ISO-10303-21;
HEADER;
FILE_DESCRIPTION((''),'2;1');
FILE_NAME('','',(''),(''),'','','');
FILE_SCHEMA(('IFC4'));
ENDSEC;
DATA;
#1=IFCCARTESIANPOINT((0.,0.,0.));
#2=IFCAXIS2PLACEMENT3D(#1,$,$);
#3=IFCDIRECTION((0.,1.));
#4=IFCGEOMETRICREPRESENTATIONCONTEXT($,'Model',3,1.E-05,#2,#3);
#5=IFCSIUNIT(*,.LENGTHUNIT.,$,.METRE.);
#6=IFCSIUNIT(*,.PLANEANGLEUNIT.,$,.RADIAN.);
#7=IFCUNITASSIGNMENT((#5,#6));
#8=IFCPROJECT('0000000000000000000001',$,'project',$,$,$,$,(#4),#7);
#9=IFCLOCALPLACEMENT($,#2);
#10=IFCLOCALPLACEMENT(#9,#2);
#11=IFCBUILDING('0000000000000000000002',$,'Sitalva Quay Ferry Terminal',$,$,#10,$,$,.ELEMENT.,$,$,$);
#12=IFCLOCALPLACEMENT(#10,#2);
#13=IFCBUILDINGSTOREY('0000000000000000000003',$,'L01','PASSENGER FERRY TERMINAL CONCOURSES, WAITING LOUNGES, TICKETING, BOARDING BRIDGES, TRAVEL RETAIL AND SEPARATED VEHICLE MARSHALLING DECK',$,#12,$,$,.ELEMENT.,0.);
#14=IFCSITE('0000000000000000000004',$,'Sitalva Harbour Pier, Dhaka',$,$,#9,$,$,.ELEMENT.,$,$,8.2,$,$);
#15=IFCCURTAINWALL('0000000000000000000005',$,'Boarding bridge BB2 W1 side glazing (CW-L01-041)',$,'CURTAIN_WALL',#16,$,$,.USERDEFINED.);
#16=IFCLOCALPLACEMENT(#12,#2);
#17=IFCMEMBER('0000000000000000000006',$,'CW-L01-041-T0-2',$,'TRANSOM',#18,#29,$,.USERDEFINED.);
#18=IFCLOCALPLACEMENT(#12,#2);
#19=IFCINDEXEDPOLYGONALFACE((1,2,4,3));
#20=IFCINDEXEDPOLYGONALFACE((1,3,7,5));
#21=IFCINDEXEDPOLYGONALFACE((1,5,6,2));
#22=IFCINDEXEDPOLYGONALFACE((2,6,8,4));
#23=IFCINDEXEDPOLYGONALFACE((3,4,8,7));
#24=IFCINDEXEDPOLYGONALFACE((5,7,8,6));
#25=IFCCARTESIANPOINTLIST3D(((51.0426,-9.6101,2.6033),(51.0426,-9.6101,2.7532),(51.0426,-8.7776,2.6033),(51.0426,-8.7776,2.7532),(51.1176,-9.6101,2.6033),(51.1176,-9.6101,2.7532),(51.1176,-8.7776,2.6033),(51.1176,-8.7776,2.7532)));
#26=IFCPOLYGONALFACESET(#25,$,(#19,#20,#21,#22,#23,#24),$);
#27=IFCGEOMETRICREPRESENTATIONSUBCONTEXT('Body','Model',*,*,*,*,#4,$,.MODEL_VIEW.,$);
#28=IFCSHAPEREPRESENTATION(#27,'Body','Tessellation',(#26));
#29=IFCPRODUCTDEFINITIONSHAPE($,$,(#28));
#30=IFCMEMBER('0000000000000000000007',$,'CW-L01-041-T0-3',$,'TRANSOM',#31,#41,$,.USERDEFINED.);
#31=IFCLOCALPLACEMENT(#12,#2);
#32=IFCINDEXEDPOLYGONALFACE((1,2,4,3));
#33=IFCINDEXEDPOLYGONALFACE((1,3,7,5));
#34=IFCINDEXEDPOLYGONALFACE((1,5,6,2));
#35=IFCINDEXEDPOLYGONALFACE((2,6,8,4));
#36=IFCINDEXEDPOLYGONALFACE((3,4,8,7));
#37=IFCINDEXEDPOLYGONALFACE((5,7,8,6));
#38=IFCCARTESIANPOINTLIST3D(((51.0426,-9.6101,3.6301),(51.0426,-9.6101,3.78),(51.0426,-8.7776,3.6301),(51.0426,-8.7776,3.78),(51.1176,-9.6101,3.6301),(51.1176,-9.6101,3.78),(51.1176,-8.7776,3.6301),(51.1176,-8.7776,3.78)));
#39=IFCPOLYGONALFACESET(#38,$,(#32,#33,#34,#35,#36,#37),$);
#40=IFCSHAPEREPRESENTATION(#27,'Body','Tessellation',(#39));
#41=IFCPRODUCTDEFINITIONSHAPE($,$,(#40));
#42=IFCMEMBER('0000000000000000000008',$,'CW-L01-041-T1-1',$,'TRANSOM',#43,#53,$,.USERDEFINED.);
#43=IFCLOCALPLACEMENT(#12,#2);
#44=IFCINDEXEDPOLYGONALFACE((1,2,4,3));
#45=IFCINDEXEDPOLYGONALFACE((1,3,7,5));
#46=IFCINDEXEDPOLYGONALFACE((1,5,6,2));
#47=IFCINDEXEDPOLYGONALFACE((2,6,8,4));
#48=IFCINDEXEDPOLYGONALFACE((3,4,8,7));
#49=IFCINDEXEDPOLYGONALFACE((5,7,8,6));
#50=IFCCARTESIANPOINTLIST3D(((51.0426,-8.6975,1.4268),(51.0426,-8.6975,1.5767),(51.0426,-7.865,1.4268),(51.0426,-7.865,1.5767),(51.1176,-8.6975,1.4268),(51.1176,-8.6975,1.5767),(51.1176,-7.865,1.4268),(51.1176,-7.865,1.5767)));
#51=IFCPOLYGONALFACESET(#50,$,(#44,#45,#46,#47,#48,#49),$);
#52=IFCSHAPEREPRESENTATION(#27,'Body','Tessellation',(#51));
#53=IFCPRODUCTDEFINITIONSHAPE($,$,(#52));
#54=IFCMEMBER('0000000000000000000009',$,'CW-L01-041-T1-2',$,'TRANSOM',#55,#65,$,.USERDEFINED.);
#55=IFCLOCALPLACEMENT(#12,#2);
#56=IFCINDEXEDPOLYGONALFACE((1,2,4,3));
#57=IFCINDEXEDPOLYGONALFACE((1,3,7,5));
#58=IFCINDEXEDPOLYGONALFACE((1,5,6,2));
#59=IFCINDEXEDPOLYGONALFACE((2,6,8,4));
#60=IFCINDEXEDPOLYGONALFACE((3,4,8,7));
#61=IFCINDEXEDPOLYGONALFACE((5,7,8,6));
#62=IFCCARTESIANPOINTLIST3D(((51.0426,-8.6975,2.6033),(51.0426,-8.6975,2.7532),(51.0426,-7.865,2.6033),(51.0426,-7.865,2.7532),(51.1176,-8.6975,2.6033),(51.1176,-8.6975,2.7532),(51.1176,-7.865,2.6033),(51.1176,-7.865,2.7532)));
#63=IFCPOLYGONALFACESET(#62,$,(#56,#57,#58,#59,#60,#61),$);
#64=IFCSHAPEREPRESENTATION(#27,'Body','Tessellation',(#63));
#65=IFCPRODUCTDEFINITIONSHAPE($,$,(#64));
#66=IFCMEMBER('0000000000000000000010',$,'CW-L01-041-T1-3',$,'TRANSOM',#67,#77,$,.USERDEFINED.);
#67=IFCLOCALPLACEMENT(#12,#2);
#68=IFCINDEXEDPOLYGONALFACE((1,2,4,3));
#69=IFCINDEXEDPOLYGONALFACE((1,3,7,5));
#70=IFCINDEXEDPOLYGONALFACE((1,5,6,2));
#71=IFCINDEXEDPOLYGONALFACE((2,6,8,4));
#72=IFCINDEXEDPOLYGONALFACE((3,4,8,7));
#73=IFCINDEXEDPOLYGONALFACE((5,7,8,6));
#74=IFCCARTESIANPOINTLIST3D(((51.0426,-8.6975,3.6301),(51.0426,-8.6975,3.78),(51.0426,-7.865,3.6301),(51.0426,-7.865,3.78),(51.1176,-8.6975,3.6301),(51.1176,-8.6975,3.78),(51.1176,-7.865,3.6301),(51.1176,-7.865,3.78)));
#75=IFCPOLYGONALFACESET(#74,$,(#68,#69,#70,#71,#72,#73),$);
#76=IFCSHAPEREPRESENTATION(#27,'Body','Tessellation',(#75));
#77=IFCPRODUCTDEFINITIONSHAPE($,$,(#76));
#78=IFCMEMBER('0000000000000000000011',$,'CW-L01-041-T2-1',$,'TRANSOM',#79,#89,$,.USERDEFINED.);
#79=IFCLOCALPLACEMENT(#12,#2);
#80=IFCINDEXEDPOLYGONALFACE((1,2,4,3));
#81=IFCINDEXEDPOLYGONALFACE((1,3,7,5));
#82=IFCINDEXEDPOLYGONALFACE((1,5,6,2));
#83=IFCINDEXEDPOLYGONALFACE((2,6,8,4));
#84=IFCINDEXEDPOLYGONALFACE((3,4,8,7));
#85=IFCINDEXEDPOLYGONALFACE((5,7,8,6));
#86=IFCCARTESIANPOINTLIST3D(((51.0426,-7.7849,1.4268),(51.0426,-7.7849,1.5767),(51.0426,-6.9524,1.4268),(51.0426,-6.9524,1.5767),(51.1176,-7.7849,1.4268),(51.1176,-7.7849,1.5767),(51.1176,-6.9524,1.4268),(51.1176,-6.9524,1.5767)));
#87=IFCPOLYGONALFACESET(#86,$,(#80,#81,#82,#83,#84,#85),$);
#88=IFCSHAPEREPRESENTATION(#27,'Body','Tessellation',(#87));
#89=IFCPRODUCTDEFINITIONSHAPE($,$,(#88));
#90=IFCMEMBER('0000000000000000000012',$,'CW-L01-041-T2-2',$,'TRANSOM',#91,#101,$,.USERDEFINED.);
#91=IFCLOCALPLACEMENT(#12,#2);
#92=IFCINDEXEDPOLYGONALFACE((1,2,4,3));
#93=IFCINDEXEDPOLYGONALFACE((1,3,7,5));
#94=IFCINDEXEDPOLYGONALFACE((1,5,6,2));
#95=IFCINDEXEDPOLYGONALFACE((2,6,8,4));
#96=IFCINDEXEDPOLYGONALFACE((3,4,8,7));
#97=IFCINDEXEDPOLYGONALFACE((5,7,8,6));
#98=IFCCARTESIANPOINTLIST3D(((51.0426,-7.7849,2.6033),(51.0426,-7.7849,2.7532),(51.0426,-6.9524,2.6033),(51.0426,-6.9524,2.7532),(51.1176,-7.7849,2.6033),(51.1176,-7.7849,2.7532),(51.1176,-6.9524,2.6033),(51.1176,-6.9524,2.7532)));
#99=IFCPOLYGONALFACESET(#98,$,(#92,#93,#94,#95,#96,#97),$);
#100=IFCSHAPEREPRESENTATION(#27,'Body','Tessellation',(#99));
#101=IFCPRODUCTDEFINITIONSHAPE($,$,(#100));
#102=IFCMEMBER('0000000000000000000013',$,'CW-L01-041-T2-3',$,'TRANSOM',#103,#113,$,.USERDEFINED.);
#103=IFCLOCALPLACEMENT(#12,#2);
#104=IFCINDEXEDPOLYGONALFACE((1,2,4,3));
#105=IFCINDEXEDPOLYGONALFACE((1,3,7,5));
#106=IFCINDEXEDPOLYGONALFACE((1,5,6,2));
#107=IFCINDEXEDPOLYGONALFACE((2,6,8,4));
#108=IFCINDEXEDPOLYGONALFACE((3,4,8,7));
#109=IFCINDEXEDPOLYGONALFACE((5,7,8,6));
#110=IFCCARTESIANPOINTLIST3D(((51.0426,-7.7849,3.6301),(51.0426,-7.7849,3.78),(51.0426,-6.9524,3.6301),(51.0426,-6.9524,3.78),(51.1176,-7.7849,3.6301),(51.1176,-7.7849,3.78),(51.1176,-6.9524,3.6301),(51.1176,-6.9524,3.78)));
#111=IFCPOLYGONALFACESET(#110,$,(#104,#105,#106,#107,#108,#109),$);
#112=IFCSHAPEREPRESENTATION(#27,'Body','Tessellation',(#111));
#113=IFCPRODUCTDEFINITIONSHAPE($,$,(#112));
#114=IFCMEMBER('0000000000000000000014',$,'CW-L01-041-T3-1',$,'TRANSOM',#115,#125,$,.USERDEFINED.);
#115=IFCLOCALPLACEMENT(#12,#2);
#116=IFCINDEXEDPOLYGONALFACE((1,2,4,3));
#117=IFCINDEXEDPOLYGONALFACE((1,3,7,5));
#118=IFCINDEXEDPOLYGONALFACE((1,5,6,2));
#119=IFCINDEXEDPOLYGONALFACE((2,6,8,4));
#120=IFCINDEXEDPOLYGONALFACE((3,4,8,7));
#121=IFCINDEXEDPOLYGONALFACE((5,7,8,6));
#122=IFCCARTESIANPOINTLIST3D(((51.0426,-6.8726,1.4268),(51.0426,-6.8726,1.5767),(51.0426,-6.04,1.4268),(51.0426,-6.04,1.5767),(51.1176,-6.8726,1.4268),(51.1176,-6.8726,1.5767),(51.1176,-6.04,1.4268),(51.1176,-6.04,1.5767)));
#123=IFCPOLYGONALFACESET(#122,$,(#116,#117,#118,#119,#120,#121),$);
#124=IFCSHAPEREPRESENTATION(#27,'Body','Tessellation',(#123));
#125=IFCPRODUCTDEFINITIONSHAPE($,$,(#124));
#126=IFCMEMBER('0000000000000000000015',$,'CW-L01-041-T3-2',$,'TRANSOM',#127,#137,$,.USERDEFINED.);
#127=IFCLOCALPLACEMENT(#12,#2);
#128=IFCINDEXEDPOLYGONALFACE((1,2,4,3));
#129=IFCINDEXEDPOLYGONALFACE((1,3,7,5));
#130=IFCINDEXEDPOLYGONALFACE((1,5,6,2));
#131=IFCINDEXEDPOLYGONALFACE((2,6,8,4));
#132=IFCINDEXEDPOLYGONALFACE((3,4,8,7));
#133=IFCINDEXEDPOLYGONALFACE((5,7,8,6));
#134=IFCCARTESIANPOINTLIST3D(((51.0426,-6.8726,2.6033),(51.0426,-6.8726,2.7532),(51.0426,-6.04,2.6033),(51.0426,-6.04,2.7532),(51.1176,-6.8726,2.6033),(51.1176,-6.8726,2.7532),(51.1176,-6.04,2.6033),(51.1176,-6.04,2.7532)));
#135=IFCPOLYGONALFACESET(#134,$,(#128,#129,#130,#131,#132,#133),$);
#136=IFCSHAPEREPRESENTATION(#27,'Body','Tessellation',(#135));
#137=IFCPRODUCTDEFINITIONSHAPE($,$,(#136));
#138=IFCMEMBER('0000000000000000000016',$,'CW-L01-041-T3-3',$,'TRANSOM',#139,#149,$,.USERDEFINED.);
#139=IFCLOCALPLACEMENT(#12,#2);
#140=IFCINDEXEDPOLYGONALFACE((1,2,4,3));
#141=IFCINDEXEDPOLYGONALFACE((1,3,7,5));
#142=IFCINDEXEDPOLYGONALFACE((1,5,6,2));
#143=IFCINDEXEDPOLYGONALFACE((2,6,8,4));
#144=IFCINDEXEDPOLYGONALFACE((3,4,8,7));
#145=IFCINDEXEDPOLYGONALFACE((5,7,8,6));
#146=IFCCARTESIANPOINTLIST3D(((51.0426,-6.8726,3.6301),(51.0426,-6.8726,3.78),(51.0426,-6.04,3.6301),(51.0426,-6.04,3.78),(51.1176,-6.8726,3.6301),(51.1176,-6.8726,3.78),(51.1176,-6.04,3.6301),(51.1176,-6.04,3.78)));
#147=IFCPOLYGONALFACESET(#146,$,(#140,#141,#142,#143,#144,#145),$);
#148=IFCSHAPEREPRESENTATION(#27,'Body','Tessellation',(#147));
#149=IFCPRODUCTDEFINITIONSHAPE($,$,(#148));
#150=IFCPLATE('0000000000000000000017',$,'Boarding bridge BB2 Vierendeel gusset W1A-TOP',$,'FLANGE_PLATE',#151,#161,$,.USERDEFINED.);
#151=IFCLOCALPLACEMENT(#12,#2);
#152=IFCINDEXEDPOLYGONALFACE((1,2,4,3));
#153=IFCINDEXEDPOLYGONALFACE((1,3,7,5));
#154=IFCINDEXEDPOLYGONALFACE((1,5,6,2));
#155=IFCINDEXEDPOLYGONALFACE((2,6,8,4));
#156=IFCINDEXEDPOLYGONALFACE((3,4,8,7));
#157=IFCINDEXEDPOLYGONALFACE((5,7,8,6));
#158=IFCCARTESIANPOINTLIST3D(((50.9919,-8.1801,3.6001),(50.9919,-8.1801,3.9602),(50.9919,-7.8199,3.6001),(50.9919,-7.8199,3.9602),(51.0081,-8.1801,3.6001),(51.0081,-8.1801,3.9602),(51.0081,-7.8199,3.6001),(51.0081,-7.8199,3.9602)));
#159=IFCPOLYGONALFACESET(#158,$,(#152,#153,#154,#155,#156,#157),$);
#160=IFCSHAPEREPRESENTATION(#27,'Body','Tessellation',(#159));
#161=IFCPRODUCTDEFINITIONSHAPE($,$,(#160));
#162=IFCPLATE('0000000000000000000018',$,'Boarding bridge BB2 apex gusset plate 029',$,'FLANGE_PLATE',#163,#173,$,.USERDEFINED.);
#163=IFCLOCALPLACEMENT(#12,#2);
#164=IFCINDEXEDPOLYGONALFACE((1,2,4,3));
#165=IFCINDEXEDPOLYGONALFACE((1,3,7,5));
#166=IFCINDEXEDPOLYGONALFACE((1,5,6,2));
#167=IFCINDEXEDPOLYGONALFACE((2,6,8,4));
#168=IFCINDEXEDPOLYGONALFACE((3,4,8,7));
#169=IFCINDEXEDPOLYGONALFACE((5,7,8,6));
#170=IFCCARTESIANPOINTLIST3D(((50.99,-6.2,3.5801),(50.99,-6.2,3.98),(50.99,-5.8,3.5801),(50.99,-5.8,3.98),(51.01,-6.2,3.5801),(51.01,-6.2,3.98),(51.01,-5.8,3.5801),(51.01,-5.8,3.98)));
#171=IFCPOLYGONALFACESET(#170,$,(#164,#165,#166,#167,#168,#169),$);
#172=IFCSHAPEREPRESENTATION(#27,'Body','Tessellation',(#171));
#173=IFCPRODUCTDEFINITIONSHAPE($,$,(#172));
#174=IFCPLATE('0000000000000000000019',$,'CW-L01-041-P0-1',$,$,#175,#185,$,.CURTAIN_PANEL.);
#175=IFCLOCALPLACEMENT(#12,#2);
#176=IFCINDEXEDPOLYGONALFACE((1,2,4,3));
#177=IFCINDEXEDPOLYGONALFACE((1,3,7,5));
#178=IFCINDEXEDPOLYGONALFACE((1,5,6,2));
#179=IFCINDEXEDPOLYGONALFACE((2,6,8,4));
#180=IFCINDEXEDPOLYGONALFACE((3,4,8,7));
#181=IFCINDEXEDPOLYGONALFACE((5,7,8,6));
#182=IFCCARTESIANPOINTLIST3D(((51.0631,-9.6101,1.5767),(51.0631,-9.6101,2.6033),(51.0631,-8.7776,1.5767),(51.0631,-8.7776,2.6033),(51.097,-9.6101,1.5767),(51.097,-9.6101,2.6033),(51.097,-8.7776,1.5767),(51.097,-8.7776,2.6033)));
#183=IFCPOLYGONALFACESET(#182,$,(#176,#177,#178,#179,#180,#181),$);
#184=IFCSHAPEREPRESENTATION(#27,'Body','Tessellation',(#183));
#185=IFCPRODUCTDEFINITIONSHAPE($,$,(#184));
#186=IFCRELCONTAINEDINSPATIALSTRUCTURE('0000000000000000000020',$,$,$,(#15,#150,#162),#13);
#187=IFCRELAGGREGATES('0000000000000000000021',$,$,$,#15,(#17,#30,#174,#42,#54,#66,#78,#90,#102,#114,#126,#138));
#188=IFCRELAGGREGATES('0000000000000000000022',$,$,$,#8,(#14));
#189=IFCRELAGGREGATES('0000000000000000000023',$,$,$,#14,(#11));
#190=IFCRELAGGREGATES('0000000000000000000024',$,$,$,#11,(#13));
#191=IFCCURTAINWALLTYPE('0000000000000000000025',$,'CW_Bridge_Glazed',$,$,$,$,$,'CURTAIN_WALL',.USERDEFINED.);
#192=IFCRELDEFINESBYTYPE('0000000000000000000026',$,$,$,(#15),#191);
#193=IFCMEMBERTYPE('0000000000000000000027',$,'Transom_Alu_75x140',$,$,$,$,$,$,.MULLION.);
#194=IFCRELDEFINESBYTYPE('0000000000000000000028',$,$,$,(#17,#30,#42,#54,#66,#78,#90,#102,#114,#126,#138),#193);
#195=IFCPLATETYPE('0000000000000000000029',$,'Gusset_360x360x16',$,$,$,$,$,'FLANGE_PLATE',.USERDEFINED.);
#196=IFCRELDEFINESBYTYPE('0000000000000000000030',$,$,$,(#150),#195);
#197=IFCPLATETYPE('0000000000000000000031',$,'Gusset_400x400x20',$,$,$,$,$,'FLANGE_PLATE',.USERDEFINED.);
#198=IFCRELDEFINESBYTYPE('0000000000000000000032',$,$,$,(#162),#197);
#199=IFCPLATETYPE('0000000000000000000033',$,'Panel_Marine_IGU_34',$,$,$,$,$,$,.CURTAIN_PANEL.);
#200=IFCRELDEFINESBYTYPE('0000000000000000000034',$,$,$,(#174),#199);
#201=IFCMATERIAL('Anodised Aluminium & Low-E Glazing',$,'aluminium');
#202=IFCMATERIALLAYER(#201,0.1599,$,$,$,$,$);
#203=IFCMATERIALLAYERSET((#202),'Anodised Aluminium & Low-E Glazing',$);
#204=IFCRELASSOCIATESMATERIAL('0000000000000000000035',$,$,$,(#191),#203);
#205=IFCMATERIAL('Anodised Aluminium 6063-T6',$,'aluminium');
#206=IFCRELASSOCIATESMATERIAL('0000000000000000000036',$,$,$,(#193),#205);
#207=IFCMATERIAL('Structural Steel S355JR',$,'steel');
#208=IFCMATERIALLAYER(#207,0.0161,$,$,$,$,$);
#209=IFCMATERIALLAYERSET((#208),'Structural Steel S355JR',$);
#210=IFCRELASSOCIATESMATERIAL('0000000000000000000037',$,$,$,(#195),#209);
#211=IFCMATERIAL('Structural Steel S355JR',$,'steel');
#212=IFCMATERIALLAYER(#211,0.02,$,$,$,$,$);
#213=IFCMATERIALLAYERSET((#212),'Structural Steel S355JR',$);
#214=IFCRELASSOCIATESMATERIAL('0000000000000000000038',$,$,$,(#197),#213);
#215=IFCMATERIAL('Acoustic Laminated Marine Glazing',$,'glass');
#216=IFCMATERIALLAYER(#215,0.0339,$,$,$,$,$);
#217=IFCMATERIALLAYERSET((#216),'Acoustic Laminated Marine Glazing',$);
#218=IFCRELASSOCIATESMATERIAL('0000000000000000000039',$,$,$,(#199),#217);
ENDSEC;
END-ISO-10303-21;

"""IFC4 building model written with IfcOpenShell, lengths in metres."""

from ifc_helpers import new_model, si_unit, direction, frame, origin, origin_2d, place, context, subcontext, project, spatial, rectangle, extrude, material, layer, layer_set, material_profile, profile_set, type_object, element, aggregate, save


model = new_model("IFC4")

# Units and contexts
model_context = context("Model", 3, precision=1e-05, world=origin(), true_north=direction((0.0, 1.0)))
body_context = subcontext(model_context, "Body", "Model", "MODEL_VIEW")
ifc_project = project(units=[si_unit("LENGTHUNIT", "METRE"), si_unit("PLANEANGLEUNIT", "RADIAN")], contexts=[model_context])

# Site, building, storey
site_placement = place(None, origin())
site = spatial("IfcSite", under=ifc_project, at=site_placement, Name="Sitalva Harbour Pier, Dhaka", CompositionType="ELEMENT", RefElevation=8.2)
building_placement = place(site_placement, origin())
building = spatial("IfcBuilding", under=site, at=building_placement, Name="Sitalva Quay Ferry Terminal", CompositionType="ELEMENT")
storey_placement = place(building_placement, origin())
storey = spatial("IfcBuildingStorey", under=building, at=storey_placement, Name="L01", Description="PASSENGER FERRY TERMINAL CONCOURSES, WAITING LOUNGES, TICKETING, BOARDING BRIDGES, TRAVEL RETAIL AND SEPARATED VEHICLE MARSHALLING DECK", CompositionType="ELEMENT", Elevation=0.0)

# Curtain wall, members
ifc_material_1 = material(Name="Anodised Aluminium & Low-E Glazing", Category="aluminium")
ifc_layer_1 = layer(ifc_material_1, 0.1599)
ifc_layer_set_1 = layer_set([ifc_layer_1], Name="Anodised Aluminium & Low-E Glazing")
curtain_wall_type = type_object("IfcCurtainWallType", Name="CW_Bridge_Glazed", ElementType="CURTAIN_WALL", PredefinedType="USERDEFINED", material=ifc_layer_set_1)
curtain_wall_placement = place(storey_placement, origin())
curtain_wall = element("IfcCurtainWall", 1, at=curtain_wall_placement, inside=storey, type_object=curtain_wall_type, Name="Boarding bridge BB2 W1 side glazing (CW-L01-041)", ObjectType="CURTAIN_WALL", PredefinedType="USERDEFINED")
ifc_material_2 = material(Name="Anodised Aluminium 6063-T6", Category="aluminium")
ifc_material_profile_1 = material_profile(ifc_material_2, rectangle(XDim=0.075, YDim=0.1499, at=origin_2d()), Name="ALU75x150")
ifc_profile_set_1 = profile_set([ifc_material_profile_1], Name="Anodised Aluminium 6063-T6")
member_type_1 = type_object("IfcMemberType", Name="Transom_Alu_75x140", PredefinedType="MULLION", material=ifc_profile_set_1)
member_1_placement = place(storey_placement, frame((51.0801, -9.6101, 2.6782), z_axis=(0.0, 1.0, 0.0), x_axis=(-1.0, 0.0, 0.0)))
member_1 = element("IfcMember", 2, at=member_1_placement, type_object=member_type_1, Name="CW-L01-041-T0-2", ObjectType="TRANSOM", PredefinedType="USERDEFINED", context=body_context, shape_type="SweptSolid", body=[
    extrude(rectangle(XDim=0.075, YDim=0.1499, at=origin_2d()), origin(), (0.0, 0.0, 1.0), 0.8325),
])
member_2_placement = place(storey_placement, frame((51.0801, -9.6101, 3.7051), z_axis=(0.0, 1.0, 0.0), x_axis=(-1.0, 0.0, 0.0)))
member_2 = element("IfcMember", 3, at=member_2_placement, type_object=member_type_1, Name="CW-L01-041-T0-3", ObjectType="TRANSOM", PredefinedType="USERDEFINED", context=body_context, shape_type="SweptSolid", body=[
    extrude(rectangle(XDim=0.075, YDim=0.1499, at=origin_2d()), origin(), (0.0, 0.0, 1.0), 0.8325),
])
member_3_placement = place(storey_placement, frame((51.0801, -8.6975, 1.5017), z_axis=(0.0, 1.0, 0.0), x_axis=(-1.0, 0.0, 0.0)))
member_3 = element("IfcMember", 4, at=member_3_placement, type_object=member_type_1, Name="CW-L01-041-T1-1", ObjectType="TRANSOM", PredefinedType="USERDEFINED", context=body_context, shape_type="SweptSolid", body=[
    extrude(rectangle(XDim=0.075, YDim=0.1499, at=origin_2d()), origin(), (0.0, 0.0, 1.0), 0.8325),
])
member_4_placement = place(storey_placement, frame((51.0801, -8.6975, 2.6782), z_axis=(0.0, 1.0, 0.0), x_axis=(-1.0, 0.0, 0.0)))
member_4 = element("IfcMember", 5, at=member_4_placement, type_object=member_type_1, Name="CW-L01-041-T1-2", ObjectType="TRANSOM", PredefinedType="USERDEFINED", context=body_context, shape_type="SweptSolid", body=[
    extrude(rectangle(XDim=0.075, YDim=0.1499, at=origin_2d()), origin(), (0.0, 0.0, 1.0), 0.8325),
])
member_5_placement = place(storey_placement, frame((51.0801, -8.6975, 3.7051), z_axis=(0.0, 1.0, 0.0), x_axis=(-1.0, 0.0, 0.0)))
member_5 = element("IfcMember", 6, at=member_5_placement, type_object=member_type_1, Name="CW-L01-041-T1-3", ObjectType="TRANSOM", PredefinedType="USERDEFINED", context=body_context, shape_type="SweptSolid", body=[
    extrude(rectangle(XDim=0.075, YDim=0.1499, at=origin_2d()), origin(), (0.0, 0.0, 1.0), 0.8325),
])
member_6_placement = place(storey_placement, frame((51.0801, -7.7849, 1.5017), z_axis=(0.0, 1.0, 0.0), x_axis=(-1.0, 0.0, 0.0)))
member_6 = element("IfcMember", 7, at=member_6_placement, type_object=member_type_1, Name="CW-L01-041-T2-1", ObjectType="TRANSOM", PredefinedType="USERDEFINED", context=body_context, shape_type="SweptSolid", body=[
    extrude(rectangle(XDim=0.075, YDim=0.1499, at=origin_2d()), origin(), (0.0, 0.0, 1.0), 0.8325),
])
member_7_placement = place(storey_placement, frame((51.0801, -7.7849, 2.6782), z_axis=(0.0, 1.0, 0.0), x_axis=(-1.0, 0.0, 0.0)))
member_7 = element("IfcMember", 8, at=member_7_placement, type_object=member_type_1, Name="CW-L01-041-T2-2", ObjectType="TRANSOM", PredefinedType="USERDEFINED", context=body_context, shape_type="SweptSolid", body=[
    extrude(rectangle(XDim=0.075, YDim=0.1499, at=origin_2d()), origin(), (0.0, 0.0, 1.0), 0.8325),
])
member_8_placement = place(storey_placement, frame((51.0801, -7.7849, 3.7051), z_axis=(0.0, 1.0, 0.0), x_axis=(-1.0, 0.0, 0.0)))
member_8 = element("IfcMember", 9, at=member_8_placement, type_object=member_type_1, Name="CW-L01-041-T2-3", ObjectType="TRANSOM", PredefinedType="USERDEFINED", context=body_context, shape_type="SweptSolid", body=[
    extrude(rectangle(XDim=0.075, YDim=0.1499, at=origin_2d()), origin(), (0.0, 0.0, 1.0), 0.8325),
])
member_9_placement = place(storey_placement, frame((51.0801, -6.8726, 1.5017), z_axis=(0.0, 1.0, 0.0), x_axis=(-1.0, 0.0, 0.0)))
member_9 = element("IfcMember", 10, at=member_9_placement, type_object=member_type_1, Name="CW-L01-041-T3-1", ObjectType="TRANSOM", PredefinedType="USERDEFINED", context=body_context, shape_type="SweptSolid", body=[
    extrude(rectangle(XDim=0.075, YDim=0.1499, at=origin_2d()), origin(), (0.0, 0.0, 1.0), 0.8325),
])
member_10_placement = place(storey_placement, frame((51.0801, -6.8726, 2.6782), z_axis=(0.0, 1.0, 0.0), x_axis=(-1.0, 0.0, 0.0)))
member_10 = element("IfcMember", 11, at=member_10_placement, type_object=member_type_1, Name="CW-L01-041-T3-2", ObjectType="TRANSOM", PredefinedType="USERDEFINED", context=body_context, shape_type="SweptSolid", body=[
    extrude(rectangle(XDim=0.075, YDim=0.1499, at=origin_2d()), origin(), (0.0, 0.0, 1.0), 0.8325),
])
member_11_placement = place(storey_placement, frame((51.0801, -6.8726, 3.7051), z_axis=(0.0, 1.0, 0.0), x_axis=(-1.0, 0.0, 0.0)))
member_11 = element("IfcMember", 12, at=member_11_placement, type_object=member_type_1, Name="CW-L01-041-T3-3", ObjectType="TRANSOM", PredefinedType="USERDEFINED", context=body_context, shape_type="SweptSolid", body=[
    extrude(rectangle(XDim=0.075, YDim=0.1499, at=origin_2d()), origin(), (0.0, 0.0, 1.0), 0.8325),
])

# Plates
ifc_material_3 = material(Name="Structural Steel S355JR", Category="steel")
ifc_layer_2 = layer(ifc_material_3, 0.0161)
ifc_layer_set_2 = layer_set([ifc_layer_2], Name="Structural Steel S355JR")
plate_type_1 = type_object("IfcPlateType", Name="Gusset_360x360x16", ElementType="FLANGE_PLATE", PredefinedType="USERDEFINED", material=ifc_layer_set_2)
plate_1_placement = place(storey_placement, frame((51.0, -8.0, 3.6001), z_axis=(0.0, 0.0, 1.0), x_axis=(1.0, 0.0, 0.0)))
element("IfcPlate", 13, at=plate_1_placement, inside=storey, type_object=plate_type_1, Name="Boarding bridge BB2 Vierendeel gusset W1A-TOP", ObjectType="FLANGE_PLATE", PredefinedType="USERDEFINED", context=body_context, shape_type="SweptSolid", body=[
    extrude(rectangle(XDim=0.0161, YDim=0.3601, at=origin_2d()), origin(), (0.0, 0.0, 1.0), 0.3601),
])
ifc_material_4 = material(Name="Structural Steel S355JR", Category="steel")
ifc_layer_3 = layer(ifc_material_4, 0.02)
ifc_layer_set_3 = layer_set([ifc_layer_3], Name="Structural Steel S355JR")
plate_type_2 = type_object("IfcPlateType", Name="Gusset_400x400x20", ElementType="FLANGE_PLATE", PredefinedType="USERDEFINED", material=ifc_layer_set_3)
plate_2_placement = place(storey_placement, frame((51.0, -6.0, 3.5801), z_axis=(0.0, 0.0, 1.0), x_axis=(1.0, 0.0, 0.0)))
element("IfcPlate", 14, at=plate_2_placement, inside=storey, type_object=plate_type_2, Name="Boarding bridge BB2 apex gusset plate 029", ObjectType="FLANGE_PLATE", PredefinedType="USERDEFINED", context=body_context, shape_type="SweptSolid", body=[
    extrude(rectangle(XDim=0.02, YDim=0.3999, at=origin_2d()), origin(), (0.0, 0.0, 1.0), 0.3999),
])

# Plate
ifc_material_5 = material(Name="Acoustic Laminated Marine Glazing", Category="glass")
ifc_layer_4 = layer(ifc_material_5, 0.0339)
ifc_layer_set_4 = layer_set([ifc_layer_4], Name="Acoustic Laminated Marine Glazing")
plate_type_3 = type_object("IfcPlateType", Name="Panel_Marine_IGU_34", PredefinedType="CURTAIN_PANEL", material=ifc_layer_set_4)
plate_3_placement = place(storey_placement, frame((51.0801, -9.1938, 1.5767), z_axis=(0.0, 0.0, 1.0), x_axis=(0.0, 1.0, 0.0)))
plate_3 = element("IfcPlate", 15, at=plate_3_placement, type_object=plate_type_3, Name="CW-L01-041-P0-1", PredefinedType="CURTAIN_PANEL", context=body_context, shape_type="SweptSolid", body=[
    extrude(rectangle(XDim=0.8325, YDim=0.0339, at=origin_2d()), origin(), (0.0, 0.0, 1.0), 1.0266),
])
aggregate(curtain_wall, [member_1, member_2, plate_3, member_3, member_4, member_5, member_6, member_7, member_8, member_9, member_10, member_11])

save(model, "model.ifc")
